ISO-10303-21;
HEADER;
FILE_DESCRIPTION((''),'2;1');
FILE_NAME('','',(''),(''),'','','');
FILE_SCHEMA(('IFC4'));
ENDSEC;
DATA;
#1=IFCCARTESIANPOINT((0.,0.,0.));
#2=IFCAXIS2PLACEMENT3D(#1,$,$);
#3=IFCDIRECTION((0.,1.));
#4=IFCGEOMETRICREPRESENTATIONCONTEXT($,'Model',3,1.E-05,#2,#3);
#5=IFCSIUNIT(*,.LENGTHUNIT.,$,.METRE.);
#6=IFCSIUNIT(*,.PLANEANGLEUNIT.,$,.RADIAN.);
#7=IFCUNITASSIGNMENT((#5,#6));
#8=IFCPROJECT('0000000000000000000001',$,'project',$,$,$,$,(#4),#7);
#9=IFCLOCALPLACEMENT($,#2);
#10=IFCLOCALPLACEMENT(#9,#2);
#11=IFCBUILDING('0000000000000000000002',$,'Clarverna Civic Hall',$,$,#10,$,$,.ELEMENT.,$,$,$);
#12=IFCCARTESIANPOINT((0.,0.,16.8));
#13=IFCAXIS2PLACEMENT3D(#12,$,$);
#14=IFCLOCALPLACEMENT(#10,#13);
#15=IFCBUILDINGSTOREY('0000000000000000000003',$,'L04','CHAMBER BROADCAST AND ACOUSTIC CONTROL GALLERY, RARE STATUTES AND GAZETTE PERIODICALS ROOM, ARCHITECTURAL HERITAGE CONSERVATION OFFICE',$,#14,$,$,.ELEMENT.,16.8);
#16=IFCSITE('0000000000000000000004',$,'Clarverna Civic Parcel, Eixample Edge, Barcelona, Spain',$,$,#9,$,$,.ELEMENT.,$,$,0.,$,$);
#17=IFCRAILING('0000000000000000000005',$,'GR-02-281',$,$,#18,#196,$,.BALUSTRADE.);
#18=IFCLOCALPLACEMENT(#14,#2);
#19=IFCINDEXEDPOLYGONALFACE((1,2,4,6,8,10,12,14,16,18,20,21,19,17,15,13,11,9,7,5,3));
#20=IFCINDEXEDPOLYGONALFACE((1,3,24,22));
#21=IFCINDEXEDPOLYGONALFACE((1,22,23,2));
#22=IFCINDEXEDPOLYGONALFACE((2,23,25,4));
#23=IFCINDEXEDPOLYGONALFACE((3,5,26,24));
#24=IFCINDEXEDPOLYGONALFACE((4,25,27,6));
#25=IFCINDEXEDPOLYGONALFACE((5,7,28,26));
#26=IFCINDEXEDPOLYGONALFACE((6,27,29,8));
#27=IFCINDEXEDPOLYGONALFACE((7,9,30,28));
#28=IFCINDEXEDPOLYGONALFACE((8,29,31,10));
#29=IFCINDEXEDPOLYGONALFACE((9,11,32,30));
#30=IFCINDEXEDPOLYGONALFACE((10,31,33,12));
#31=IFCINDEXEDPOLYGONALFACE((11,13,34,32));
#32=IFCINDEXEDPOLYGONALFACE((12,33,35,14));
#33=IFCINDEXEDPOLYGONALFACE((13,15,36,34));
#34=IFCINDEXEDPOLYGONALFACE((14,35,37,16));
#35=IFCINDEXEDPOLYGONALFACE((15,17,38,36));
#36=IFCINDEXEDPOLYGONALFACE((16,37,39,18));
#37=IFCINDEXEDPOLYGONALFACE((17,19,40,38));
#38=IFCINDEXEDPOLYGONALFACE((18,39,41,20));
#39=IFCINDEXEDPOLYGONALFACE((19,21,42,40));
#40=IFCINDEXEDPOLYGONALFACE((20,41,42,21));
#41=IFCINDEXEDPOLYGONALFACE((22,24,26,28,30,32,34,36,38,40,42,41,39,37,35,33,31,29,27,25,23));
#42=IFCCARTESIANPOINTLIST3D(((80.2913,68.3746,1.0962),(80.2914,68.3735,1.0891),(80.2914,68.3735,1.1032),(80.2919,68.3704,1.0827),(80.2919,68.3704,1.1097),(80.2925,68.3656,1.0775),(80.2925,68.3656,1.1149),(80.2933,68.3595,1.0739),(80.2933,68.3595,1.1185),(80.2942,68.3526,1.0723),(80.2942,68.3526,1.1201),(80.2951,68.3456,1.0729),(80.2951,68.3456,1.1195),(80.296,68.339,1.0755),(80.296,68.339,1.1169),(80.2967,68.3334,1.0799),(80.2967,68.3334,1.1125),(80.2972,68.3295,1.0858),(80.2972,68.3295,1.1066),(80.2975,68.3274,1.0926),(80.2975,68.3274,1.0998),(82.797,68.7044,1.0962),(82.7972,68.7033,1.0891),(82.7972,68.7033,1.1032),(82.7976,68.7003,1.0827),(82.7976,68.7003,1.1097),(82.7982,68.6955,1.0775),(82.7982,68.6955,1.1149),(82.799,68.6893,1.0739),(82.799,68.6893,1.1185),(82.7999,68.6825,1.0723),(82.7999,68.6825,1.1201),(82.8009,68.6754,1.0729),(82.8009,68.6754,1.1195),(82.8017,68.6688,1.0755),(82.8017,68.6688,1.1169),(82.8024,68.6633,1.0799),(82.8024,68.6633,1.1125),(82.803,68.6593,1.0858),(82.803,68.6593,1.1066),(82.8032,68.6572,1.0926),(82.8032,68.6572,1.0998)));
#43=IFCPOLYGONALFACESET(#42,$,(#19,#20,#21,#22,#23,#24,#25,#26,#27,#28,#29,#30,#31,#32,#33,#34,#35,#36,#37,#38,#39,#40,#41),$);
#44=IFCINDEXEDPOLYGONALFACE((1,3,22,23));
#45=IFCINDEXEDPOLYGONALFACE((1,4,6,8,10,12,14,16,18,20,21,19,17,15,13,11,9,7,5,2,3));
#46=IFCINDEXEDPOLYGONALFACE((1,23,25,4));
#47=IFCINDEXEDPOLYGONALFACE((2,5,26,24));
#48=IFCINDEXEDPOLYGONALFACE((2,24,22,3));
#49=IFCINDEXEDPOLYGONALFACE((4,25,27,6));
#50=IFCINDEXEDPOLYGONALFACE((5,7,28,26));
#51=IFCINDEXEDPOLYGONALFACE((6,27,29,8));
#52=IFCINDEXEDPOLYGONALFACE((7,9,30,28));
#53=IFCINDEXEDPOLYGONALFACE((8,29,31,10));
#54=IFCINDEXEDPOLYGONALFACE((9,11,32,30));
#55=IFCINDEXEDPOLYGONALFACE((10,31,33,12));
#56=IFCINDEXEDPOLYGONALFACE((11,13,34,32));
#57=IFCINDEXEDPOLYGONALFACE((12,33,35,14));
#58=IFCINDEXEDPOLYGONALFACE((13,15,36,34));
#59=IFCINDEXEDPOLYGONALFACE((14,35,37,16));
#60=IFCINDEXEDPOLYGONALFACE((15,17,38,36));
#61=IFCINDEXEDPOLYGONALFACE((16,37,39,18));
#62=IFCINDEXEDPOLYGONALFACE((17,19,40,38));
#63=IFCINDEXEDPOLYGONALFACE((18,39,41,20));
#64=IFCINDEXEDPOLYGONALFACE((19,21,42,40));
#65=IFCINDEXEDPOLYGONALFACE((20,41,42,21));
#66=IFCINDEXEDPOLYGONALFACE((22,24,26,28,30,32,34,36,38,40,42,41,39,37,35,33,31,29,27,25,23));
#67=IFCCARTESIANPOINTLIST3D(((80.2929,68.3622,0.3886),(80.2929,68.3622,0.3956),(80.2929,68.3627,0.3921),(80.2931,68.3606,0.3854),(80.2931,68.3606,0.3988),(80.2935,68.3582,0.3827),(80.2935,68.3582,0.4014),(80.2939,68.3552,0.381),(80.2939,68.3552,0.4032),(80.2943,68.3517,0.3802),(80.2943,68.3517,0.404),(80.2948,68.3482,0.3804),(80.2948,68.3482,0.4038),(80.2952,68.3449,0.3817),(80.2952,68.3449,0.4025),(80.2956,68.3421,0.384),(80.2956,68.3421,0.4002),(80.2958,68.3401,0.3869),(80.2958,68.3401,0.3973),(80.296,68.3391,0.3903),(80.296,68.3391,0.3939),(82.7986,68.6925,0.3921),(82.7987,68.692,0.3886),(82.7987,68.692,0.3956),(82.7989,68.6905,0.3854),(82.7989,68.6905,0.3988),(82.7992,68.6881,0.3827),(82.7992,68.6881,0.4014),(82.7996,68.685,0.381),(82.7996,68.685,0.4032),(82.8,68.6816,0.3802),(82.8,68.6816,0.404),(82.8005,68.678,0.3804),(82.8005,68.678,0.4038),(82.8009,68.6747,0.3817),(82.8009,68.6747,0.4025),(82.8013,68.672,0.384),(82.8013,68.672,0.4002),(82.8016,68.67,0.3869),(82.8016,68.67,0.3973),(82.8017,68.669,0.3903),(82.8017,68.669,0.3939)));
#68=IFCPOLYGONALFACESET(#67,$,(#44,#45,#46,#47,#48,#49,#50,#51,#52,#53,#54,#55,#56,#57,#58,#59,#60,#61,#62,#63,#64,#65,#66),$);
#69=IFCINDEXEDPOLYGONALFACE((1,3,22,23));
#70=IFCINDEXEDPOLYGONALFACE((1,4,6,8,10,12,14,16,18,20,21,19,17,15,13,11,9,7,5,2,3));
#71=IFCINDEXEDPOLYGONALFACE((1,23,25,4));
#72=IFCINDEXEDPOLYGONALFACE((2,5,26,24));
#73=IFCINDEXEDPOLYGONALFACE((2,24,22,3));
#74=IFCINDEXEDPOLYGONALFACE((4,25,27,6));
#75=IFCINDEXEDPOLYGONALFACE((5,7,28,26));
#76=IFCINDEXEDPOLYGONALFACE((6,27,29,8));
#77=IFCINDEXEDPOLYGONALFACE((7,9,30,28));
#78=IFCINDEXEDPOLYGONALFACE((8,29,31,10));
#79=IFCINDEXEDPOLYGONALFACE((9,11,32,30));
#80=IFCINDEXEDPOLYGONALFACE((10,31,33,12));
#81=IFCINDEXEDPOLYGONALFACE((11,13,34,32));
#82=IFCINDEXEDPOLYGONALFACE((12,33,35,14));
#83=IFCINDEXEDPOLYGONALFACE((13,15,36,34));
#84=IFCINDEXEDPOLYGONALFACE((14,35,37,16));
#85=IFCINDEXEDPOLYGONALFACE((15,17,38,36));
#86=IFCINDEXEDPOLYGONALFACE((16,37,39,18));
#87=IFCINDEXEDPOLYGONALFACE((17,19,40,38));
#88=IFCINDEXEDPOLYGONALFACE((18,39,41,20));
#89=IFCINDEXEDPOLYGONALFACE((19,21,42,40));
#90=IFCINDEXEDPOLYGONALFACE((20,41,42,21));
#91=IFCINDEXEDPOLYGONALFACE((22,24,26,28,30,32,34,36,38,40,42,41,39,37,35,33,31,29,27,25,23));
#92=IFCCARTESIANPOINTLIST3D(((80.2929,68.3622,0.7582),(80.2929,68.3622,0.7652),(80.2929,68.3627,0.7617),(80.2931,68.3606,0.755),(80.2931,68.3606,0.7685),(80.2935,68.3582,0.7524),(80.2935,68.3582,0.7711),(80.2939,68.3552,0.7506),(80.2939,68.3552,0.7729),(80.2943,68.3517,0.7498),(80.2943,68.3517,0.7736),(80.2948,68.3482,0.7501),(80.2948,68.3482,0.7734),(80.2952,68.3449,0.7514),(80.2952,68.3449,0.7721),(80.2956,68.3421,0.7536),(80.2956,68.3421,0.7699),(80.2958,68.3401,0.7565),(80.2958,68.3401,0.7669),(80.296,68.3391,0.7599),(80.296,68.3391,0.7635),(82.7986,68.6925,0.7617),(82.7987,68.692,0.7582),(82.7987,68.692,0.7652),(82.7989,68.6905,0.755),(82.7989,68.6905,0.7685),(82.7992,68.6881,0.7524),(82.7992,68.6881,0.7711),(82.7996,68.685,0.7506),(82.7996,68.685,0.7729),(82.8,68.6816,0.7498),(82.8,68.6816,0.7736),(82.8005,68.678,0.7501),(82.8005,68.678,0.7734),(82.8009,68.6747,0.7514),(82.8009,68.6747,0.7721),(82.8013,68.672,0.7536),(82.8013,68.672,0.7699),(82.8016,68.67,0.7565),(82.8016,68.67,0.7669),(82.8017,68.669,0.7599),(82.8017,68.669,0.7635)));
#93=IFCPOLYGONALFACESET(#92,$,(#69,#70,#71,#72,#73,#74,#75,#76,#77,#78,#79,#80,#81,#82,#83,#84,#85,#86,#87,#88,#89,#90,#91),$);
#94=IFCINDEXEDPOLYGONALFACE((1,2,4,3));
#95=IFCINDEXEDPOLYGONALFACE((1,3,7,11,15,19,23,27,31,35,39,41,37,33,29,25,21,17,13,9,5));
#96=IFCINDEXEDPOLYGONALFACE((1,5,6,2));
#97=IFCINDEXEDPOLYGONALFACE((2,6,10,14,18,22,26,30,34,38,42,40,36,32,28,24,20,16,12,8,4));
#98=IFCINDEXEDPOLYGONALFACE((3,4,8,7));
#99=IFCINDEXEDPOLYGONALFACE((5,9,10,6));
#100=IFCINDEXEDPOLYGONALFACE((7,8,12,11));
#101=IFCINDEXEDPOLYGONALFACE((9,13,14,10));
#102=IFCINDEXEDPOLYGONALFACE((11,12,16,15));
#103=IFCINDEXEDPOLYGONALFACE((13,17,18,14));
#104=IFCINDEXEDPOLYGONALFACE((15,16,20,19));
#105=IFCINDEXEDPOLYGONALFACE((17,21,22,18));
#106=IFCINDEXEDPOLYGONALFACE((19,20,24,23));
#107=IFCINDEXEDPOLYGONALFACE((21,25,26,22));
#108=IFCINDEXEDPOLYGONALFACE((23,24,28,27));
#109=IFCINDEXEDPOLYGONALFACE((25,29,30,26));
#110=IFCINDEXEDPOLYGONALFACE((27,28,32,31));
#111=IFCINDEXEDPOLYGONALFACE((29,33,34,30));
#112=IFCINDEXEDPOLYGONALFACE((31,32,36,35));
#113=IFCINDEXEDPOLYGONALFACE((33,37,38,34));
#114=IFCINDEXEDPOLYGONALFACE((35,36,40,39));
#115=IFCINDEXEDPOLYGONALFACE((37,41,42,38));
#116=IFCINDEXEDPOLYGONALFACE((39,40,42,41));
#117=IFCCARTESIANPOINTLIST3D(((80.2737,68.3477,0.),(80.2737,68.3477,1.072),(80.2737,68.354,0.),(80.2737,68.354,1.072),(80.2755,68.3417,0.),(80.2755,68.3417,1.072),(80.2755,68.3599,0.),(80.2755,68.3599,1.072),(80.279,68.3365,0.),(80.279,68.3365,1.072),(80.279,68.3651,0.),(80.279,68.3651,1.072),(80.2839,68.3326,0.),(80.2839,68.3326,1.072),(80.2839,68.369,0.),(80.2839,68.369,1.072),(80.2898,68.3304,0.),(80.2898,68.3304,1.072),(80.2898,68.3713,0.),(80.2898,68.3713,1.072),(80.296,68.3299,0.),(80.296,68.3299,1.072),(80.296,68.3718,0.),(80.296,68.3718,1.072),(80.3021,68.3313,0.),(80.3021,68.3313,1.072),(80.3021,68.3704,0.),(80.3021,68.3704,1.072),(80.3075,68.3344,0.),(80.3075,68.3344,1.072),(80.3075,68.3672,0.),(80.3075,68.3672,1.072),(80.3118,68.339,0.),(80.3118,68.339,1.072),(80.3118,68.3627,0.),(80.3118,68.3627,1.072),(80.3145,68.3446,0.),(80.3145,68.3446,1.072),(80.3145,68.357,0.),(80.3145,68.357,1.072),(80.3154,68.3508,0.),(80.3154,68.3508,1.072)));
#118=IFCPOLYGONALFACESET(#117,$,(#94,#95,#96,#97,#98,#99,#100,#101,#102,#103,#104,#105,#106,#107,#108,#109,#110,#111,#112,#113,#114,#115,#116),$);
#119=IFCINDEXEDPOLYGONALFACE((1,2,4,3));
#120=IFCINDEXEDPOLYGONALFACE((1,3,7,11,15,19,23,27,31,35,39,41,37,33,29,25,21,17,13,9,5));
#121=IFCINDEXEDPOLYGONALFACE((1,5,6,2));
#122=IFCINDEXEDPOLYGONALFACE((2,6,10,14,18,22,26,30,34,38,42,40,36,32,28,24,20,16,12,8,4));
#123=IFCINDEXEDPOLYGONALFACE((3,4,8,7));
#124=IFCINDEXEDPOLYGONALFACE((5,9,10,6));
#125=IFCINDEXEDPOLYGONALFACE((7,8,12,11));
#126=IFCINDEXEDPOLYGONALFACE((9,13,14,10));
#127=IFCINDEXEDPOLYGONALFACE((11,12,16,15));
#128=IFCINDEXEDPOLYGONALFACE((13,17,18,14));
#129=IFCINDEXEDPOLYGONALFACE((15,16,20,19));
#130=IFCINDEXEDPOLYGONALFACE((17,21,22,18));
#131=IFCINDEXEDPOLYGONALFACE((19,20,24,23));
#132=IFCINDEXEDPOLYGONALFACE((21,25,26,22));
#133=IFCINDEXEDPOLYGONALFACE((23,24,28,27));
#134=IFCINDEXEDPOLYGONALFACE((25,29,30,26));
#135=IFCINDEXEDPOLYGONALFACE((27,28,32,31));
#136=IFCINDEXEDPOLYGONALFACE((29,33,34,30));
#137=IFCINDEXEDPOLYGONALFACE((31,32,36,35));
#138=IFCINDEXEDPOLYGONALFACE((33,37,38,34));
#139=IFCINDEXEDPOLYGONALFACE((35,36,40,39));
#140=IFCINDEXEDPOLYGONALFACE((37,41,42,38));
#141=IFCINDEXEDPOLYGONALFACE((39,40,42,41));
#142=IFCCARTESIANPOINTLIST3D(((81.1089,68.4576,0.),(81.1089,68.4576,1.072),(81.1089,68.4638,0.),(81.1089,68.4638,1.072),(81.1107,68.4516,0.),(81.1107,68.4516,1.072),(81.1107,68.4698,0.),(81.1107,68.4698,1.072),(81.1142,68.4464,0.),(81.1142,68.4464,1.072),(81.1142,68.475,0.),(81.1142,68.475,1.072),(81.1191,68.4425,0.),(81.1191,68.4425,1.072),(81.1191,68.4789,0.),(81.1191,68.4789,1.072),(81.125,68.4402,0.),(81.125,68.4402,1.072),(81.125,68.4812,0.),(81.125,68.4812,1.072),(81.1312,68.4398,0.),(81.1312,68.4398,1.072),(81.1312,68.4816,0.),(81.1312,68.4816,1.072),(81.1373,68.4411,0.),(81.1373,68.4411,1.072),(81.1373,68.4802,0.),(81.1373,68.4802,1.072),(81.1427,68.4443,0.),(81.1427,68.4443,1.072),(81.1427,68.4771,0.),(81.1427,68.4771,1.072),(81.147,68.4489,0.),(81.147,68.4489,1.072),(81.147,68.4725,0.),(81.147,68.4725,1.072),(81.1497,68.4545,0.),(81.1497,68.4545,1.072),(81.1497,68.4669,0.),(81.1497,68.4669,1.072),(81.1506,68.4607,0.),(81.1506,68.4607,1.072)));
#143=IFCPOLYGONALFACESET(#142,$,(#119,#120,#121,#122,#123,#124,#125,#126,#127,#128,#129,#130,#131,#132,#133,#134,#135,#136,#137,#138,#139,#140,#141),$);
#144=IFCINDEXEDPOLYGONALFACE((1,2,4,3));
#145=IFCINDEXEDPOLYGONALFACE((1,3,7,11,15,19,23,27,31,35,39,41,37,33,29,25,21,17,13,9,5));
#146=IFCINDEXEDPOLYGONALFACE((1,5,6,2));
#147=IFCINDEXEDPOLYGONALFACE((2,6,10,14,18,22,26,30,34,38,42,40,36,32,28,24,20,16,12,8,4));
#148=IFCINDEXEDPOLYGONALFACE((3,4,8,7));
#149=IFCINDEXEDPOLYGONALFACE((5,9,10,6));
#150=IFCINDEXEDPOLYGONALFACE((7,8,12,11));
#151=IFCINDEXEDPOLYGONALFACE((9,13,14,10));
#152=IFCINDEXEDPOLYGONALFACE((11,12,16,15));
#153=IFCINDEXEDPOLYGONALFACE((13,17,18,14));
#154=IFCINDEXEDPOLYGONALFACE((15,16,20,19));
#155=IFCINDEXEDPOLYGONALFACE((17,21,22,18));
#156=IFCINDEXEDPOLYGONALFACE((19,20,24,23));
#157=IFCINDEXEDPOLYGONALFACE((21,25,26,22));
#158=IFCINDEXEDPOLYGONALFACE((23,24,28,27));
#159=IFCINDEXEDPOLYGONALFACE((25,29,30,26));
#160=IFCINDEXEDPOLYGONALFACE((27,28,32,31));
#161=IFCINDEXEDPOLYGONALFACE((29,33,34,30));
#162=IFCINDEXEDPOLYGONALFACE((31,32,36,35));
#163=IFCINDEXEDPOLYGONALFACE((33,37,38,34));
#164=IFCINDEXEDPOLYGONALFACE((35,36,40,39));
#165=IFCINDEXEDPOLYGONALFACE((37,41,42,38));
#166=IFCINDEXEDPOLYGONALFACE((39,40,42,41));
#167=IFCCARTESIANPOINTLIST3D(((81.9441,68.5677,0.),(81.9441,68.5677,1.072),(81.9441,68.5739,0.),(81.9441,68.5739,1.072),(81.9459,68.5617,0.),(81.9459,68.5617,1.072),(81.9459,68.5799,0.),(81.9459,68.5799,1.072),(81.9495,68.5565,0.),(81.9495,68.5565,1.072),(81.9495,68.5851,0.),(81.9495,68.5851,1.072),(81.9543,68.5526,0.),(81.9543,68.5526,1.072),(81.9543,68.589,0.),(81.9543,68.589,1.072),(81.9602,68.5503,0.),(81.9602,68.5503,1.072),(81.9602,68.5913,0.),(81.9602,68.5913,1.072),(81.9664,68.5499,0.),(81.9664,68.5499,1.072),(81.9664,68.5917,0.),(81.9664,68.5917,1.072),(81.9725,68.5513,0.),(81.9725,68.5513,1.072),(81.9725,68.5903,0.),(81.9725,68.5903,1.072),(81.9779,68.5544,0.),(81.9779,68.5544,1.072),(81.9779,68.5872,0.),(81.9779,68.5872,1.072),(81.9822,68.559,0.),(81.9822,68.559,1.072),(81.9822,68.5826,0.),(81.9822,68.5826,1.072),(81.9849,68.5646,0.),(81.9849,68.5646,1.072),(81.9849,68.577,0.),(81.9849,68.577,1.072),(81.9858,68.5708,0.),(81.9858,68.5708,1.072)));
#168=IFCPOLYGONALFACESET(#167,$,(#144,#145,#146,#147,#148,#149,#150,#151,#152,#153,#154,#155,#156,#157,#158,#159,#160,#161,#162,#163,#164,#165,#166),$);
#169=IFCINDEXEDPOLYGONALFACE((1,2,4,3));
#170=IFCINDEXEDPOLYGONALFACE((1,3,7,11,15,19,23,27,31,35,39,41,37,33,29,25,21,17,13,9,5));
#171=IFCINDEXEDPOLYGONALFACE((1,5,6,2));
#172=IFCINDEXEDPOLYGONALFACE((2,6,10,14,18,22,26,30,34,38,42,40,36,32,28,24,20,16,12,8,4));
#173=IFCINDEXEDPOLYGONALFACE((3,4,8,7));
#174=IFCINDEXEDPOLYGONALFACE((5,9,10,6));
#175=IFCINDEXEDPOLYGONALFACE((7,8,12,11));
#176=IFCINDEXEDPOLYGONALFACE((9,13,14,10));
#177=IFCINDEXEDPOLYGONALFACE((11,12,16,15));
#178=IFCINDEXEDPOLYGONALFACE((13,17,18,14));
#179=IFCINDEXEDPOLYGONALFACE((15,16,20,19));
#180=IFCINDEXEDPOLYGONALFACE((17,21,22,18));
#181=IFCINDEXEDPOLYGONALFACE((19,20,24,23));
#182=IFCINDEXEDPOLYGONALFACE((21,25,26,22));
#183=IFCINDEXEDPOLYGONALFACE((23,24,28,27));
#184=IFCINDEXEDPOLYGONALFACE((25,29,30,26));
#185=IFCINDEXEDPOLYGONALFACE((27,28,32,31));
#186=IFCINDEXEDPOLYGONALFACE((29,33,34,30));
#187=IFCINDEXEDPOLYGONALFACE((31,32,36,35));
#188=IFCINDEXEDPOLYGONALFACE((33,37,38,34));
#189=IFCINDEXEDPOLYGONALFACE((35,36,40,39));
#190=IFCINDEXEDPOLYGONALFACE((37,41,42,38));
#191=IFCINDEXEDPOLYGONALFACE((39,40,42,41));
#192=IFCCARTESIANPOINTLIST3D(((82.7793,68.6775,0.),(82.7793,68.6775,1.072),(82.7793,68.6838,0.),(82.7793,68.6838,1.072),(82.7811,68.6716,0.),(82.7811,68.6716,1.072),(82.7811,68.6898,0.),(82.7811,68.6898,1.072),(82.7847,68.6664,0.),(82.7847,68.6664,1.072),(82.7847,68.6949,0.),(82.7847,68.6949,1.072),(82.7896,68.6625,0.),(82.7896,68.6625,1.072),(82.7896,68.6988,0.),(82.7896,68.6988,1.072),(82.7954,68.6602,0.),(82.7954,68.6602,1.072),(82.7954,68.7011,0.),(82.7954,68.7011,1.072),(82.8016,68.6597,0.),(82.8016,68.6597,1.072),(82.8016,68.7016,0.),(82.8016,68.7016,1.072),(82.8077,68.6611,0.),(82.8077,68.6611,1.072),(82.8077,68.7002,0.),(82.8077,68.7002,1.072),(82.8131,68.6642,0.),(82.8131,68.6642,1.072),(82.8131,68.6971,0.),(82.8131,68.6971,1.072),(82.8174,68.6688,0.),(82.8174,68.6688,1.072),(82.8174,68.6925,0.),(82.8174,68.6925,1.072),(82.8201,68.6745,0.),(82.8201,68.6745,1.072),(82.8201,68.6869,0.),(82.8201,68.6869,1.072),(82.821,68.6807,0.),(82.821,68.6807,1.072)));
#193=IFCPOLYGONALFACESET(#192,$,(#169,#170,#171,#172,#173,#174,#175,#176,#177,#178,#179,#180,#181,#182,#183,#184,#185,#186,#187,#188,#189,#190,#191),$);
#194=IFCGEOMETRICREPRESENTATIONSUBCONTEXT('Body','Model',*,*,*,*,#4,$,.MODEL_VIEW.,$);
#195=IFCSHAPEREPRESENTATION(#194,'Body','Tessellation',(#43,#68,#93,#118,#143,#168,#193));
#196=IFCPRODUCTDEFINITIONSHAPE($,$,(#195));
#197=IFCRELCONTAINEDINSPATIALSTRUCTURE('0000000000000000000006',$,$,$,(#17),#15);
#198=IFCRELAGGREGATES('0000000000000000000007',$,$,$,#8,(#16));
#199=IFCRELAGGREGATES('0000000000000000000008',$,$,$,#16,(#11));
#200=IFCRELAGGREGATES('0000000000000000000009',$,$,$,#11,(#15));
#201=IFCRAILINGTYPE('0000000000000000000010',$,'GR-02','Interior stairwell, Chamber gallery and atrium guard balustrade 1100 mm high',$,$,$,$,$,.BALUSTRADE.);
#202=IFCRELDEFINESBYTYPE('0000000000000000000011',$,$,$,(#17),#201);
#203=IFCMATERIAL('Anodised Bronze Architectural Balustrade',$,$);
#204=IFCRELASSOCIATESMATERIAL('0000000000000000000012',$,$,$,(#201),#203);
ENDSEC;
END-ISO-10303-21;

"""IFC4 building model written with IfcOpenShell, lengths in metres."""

from ifc_helpers import new_model, si_unit, direction, frame, origin, origin_2d, place, context, subcontext, project, spatial, circle, extrude, material, type_object, element, save


model = new_model("IFC4")

# Units and contexts
model_context = context("Model", 3, precision=1e-05, world=origin(), true_north=direction((0.0, 1.0)))
body_context = subcontext(model_context, "Body", "Model", "MODEL_VIEW")
ifc_project = project(units=[si_unit("LENGTHUNIT", "METRE"), si_unit("PLANEANGLEUNIT", "RADIAN")], contexts=[model_context])

# Site, building, storey
site_placement = place(None, origin())
site = spatial("IfcSite", under=ifc_project, at=site_placement, Name="Clarverna Civic Parcel, Eixample Edge, Barcelona, Spain", CompositionType="ELEMENT", RefElevation=0.0)
building_placement = place(site_placement, origin())
building = spatial("IfcBuilding", under=site, at=building_placement, Name="Clarverna Civic Hall", CompositionType="ELEMENT")
storey_placement = place(building_placement, frame((0.0, 0.0, 16.8)))
storey = spatial("IfcBuildingStorey", under=building, at=storey_placement, Name="L04", Description="CHAMBER BROADCAST AND ACOUSTIC CONTROL GALLERY, RARE STATUTES AND GAZETTE PERIODICALS ROOM, ARCHITECTURAL HERITAGE CONSERVATION OFFICE", CompositionType="ELEMENT", Elevation=16.8)

# Railing
ifc_material_1 = material(Name="Anodised Bronze Architectural Balustrade")
railing_type = type_object("IfcRailingType", Name="GR-02", Description="Interior stairwell, Chamber gallery and atrium guard balustrade 1100 mm high", PredefinedType="BALUSTRADE", material=ifc_material_1)
railing_1_placement = place(storey_placement, frame((80.2944, 68.3508, 0.0)))
element("IfcRailing", 1, at=railing_1_placement, inside=storey, type_object=railing_type, Name="GR-02-281", PredefinedType="BALUSTRADE", context=body_context, shape_type="SweptSolid", body=[
    extrude(circle(Radius=0.0239, at=origin_2d()), frame((0.0, 0.0, 1.0962), z_axis=(0.991447, 0.130512, 0.0), x_axis=(-0.130512, 0.991447, 0.0)), (0.0, 0.0, 1.0), 2.5273),
    extrude(circle(Radius=0.012, at=origin_2d()), frame((0.0, 0.0, 0.3921), z_axis=(0.991447, 0.130512, 0.0), x_axis=(-0.130512, 0.991447, 0.0)), (0.0, 0.0, 1.0), 2.5273),
    extrude(circle(Radius=0.012, at=origin_2d()), frame((0.0, 0.0, 0.7617), z_axis=(0.991447, 0.130512, 0.0), x_axis=(-0.130512, 0.991447, 0.0)), (0.0, 0.0, 1.0), 2.5273),
    extrude(circle(Radius=0.021, at=origin_2d()), origin(), (0.0, 0.0, 1.0), 1.072),
    extrude(circle(Radius=0.021, at=origin_2d()), frame((0.8352, 0.1099, 0.0)), (0.0, 0.0, 1.0), 1.072),
    extrude(circle(Radius=0.021, at=origin_2d()), frame((1.6704, 0.22, 0.0)), (0.0, 0.0, 1.0), 1.072),
    extrude(circle(Radius=0.021, at=origin_2d()), frame((2.5056, 0.3298, 0.0)), (0.0, 0.0, 1.0), 1.072),
])

save(model, "model.ifc")
